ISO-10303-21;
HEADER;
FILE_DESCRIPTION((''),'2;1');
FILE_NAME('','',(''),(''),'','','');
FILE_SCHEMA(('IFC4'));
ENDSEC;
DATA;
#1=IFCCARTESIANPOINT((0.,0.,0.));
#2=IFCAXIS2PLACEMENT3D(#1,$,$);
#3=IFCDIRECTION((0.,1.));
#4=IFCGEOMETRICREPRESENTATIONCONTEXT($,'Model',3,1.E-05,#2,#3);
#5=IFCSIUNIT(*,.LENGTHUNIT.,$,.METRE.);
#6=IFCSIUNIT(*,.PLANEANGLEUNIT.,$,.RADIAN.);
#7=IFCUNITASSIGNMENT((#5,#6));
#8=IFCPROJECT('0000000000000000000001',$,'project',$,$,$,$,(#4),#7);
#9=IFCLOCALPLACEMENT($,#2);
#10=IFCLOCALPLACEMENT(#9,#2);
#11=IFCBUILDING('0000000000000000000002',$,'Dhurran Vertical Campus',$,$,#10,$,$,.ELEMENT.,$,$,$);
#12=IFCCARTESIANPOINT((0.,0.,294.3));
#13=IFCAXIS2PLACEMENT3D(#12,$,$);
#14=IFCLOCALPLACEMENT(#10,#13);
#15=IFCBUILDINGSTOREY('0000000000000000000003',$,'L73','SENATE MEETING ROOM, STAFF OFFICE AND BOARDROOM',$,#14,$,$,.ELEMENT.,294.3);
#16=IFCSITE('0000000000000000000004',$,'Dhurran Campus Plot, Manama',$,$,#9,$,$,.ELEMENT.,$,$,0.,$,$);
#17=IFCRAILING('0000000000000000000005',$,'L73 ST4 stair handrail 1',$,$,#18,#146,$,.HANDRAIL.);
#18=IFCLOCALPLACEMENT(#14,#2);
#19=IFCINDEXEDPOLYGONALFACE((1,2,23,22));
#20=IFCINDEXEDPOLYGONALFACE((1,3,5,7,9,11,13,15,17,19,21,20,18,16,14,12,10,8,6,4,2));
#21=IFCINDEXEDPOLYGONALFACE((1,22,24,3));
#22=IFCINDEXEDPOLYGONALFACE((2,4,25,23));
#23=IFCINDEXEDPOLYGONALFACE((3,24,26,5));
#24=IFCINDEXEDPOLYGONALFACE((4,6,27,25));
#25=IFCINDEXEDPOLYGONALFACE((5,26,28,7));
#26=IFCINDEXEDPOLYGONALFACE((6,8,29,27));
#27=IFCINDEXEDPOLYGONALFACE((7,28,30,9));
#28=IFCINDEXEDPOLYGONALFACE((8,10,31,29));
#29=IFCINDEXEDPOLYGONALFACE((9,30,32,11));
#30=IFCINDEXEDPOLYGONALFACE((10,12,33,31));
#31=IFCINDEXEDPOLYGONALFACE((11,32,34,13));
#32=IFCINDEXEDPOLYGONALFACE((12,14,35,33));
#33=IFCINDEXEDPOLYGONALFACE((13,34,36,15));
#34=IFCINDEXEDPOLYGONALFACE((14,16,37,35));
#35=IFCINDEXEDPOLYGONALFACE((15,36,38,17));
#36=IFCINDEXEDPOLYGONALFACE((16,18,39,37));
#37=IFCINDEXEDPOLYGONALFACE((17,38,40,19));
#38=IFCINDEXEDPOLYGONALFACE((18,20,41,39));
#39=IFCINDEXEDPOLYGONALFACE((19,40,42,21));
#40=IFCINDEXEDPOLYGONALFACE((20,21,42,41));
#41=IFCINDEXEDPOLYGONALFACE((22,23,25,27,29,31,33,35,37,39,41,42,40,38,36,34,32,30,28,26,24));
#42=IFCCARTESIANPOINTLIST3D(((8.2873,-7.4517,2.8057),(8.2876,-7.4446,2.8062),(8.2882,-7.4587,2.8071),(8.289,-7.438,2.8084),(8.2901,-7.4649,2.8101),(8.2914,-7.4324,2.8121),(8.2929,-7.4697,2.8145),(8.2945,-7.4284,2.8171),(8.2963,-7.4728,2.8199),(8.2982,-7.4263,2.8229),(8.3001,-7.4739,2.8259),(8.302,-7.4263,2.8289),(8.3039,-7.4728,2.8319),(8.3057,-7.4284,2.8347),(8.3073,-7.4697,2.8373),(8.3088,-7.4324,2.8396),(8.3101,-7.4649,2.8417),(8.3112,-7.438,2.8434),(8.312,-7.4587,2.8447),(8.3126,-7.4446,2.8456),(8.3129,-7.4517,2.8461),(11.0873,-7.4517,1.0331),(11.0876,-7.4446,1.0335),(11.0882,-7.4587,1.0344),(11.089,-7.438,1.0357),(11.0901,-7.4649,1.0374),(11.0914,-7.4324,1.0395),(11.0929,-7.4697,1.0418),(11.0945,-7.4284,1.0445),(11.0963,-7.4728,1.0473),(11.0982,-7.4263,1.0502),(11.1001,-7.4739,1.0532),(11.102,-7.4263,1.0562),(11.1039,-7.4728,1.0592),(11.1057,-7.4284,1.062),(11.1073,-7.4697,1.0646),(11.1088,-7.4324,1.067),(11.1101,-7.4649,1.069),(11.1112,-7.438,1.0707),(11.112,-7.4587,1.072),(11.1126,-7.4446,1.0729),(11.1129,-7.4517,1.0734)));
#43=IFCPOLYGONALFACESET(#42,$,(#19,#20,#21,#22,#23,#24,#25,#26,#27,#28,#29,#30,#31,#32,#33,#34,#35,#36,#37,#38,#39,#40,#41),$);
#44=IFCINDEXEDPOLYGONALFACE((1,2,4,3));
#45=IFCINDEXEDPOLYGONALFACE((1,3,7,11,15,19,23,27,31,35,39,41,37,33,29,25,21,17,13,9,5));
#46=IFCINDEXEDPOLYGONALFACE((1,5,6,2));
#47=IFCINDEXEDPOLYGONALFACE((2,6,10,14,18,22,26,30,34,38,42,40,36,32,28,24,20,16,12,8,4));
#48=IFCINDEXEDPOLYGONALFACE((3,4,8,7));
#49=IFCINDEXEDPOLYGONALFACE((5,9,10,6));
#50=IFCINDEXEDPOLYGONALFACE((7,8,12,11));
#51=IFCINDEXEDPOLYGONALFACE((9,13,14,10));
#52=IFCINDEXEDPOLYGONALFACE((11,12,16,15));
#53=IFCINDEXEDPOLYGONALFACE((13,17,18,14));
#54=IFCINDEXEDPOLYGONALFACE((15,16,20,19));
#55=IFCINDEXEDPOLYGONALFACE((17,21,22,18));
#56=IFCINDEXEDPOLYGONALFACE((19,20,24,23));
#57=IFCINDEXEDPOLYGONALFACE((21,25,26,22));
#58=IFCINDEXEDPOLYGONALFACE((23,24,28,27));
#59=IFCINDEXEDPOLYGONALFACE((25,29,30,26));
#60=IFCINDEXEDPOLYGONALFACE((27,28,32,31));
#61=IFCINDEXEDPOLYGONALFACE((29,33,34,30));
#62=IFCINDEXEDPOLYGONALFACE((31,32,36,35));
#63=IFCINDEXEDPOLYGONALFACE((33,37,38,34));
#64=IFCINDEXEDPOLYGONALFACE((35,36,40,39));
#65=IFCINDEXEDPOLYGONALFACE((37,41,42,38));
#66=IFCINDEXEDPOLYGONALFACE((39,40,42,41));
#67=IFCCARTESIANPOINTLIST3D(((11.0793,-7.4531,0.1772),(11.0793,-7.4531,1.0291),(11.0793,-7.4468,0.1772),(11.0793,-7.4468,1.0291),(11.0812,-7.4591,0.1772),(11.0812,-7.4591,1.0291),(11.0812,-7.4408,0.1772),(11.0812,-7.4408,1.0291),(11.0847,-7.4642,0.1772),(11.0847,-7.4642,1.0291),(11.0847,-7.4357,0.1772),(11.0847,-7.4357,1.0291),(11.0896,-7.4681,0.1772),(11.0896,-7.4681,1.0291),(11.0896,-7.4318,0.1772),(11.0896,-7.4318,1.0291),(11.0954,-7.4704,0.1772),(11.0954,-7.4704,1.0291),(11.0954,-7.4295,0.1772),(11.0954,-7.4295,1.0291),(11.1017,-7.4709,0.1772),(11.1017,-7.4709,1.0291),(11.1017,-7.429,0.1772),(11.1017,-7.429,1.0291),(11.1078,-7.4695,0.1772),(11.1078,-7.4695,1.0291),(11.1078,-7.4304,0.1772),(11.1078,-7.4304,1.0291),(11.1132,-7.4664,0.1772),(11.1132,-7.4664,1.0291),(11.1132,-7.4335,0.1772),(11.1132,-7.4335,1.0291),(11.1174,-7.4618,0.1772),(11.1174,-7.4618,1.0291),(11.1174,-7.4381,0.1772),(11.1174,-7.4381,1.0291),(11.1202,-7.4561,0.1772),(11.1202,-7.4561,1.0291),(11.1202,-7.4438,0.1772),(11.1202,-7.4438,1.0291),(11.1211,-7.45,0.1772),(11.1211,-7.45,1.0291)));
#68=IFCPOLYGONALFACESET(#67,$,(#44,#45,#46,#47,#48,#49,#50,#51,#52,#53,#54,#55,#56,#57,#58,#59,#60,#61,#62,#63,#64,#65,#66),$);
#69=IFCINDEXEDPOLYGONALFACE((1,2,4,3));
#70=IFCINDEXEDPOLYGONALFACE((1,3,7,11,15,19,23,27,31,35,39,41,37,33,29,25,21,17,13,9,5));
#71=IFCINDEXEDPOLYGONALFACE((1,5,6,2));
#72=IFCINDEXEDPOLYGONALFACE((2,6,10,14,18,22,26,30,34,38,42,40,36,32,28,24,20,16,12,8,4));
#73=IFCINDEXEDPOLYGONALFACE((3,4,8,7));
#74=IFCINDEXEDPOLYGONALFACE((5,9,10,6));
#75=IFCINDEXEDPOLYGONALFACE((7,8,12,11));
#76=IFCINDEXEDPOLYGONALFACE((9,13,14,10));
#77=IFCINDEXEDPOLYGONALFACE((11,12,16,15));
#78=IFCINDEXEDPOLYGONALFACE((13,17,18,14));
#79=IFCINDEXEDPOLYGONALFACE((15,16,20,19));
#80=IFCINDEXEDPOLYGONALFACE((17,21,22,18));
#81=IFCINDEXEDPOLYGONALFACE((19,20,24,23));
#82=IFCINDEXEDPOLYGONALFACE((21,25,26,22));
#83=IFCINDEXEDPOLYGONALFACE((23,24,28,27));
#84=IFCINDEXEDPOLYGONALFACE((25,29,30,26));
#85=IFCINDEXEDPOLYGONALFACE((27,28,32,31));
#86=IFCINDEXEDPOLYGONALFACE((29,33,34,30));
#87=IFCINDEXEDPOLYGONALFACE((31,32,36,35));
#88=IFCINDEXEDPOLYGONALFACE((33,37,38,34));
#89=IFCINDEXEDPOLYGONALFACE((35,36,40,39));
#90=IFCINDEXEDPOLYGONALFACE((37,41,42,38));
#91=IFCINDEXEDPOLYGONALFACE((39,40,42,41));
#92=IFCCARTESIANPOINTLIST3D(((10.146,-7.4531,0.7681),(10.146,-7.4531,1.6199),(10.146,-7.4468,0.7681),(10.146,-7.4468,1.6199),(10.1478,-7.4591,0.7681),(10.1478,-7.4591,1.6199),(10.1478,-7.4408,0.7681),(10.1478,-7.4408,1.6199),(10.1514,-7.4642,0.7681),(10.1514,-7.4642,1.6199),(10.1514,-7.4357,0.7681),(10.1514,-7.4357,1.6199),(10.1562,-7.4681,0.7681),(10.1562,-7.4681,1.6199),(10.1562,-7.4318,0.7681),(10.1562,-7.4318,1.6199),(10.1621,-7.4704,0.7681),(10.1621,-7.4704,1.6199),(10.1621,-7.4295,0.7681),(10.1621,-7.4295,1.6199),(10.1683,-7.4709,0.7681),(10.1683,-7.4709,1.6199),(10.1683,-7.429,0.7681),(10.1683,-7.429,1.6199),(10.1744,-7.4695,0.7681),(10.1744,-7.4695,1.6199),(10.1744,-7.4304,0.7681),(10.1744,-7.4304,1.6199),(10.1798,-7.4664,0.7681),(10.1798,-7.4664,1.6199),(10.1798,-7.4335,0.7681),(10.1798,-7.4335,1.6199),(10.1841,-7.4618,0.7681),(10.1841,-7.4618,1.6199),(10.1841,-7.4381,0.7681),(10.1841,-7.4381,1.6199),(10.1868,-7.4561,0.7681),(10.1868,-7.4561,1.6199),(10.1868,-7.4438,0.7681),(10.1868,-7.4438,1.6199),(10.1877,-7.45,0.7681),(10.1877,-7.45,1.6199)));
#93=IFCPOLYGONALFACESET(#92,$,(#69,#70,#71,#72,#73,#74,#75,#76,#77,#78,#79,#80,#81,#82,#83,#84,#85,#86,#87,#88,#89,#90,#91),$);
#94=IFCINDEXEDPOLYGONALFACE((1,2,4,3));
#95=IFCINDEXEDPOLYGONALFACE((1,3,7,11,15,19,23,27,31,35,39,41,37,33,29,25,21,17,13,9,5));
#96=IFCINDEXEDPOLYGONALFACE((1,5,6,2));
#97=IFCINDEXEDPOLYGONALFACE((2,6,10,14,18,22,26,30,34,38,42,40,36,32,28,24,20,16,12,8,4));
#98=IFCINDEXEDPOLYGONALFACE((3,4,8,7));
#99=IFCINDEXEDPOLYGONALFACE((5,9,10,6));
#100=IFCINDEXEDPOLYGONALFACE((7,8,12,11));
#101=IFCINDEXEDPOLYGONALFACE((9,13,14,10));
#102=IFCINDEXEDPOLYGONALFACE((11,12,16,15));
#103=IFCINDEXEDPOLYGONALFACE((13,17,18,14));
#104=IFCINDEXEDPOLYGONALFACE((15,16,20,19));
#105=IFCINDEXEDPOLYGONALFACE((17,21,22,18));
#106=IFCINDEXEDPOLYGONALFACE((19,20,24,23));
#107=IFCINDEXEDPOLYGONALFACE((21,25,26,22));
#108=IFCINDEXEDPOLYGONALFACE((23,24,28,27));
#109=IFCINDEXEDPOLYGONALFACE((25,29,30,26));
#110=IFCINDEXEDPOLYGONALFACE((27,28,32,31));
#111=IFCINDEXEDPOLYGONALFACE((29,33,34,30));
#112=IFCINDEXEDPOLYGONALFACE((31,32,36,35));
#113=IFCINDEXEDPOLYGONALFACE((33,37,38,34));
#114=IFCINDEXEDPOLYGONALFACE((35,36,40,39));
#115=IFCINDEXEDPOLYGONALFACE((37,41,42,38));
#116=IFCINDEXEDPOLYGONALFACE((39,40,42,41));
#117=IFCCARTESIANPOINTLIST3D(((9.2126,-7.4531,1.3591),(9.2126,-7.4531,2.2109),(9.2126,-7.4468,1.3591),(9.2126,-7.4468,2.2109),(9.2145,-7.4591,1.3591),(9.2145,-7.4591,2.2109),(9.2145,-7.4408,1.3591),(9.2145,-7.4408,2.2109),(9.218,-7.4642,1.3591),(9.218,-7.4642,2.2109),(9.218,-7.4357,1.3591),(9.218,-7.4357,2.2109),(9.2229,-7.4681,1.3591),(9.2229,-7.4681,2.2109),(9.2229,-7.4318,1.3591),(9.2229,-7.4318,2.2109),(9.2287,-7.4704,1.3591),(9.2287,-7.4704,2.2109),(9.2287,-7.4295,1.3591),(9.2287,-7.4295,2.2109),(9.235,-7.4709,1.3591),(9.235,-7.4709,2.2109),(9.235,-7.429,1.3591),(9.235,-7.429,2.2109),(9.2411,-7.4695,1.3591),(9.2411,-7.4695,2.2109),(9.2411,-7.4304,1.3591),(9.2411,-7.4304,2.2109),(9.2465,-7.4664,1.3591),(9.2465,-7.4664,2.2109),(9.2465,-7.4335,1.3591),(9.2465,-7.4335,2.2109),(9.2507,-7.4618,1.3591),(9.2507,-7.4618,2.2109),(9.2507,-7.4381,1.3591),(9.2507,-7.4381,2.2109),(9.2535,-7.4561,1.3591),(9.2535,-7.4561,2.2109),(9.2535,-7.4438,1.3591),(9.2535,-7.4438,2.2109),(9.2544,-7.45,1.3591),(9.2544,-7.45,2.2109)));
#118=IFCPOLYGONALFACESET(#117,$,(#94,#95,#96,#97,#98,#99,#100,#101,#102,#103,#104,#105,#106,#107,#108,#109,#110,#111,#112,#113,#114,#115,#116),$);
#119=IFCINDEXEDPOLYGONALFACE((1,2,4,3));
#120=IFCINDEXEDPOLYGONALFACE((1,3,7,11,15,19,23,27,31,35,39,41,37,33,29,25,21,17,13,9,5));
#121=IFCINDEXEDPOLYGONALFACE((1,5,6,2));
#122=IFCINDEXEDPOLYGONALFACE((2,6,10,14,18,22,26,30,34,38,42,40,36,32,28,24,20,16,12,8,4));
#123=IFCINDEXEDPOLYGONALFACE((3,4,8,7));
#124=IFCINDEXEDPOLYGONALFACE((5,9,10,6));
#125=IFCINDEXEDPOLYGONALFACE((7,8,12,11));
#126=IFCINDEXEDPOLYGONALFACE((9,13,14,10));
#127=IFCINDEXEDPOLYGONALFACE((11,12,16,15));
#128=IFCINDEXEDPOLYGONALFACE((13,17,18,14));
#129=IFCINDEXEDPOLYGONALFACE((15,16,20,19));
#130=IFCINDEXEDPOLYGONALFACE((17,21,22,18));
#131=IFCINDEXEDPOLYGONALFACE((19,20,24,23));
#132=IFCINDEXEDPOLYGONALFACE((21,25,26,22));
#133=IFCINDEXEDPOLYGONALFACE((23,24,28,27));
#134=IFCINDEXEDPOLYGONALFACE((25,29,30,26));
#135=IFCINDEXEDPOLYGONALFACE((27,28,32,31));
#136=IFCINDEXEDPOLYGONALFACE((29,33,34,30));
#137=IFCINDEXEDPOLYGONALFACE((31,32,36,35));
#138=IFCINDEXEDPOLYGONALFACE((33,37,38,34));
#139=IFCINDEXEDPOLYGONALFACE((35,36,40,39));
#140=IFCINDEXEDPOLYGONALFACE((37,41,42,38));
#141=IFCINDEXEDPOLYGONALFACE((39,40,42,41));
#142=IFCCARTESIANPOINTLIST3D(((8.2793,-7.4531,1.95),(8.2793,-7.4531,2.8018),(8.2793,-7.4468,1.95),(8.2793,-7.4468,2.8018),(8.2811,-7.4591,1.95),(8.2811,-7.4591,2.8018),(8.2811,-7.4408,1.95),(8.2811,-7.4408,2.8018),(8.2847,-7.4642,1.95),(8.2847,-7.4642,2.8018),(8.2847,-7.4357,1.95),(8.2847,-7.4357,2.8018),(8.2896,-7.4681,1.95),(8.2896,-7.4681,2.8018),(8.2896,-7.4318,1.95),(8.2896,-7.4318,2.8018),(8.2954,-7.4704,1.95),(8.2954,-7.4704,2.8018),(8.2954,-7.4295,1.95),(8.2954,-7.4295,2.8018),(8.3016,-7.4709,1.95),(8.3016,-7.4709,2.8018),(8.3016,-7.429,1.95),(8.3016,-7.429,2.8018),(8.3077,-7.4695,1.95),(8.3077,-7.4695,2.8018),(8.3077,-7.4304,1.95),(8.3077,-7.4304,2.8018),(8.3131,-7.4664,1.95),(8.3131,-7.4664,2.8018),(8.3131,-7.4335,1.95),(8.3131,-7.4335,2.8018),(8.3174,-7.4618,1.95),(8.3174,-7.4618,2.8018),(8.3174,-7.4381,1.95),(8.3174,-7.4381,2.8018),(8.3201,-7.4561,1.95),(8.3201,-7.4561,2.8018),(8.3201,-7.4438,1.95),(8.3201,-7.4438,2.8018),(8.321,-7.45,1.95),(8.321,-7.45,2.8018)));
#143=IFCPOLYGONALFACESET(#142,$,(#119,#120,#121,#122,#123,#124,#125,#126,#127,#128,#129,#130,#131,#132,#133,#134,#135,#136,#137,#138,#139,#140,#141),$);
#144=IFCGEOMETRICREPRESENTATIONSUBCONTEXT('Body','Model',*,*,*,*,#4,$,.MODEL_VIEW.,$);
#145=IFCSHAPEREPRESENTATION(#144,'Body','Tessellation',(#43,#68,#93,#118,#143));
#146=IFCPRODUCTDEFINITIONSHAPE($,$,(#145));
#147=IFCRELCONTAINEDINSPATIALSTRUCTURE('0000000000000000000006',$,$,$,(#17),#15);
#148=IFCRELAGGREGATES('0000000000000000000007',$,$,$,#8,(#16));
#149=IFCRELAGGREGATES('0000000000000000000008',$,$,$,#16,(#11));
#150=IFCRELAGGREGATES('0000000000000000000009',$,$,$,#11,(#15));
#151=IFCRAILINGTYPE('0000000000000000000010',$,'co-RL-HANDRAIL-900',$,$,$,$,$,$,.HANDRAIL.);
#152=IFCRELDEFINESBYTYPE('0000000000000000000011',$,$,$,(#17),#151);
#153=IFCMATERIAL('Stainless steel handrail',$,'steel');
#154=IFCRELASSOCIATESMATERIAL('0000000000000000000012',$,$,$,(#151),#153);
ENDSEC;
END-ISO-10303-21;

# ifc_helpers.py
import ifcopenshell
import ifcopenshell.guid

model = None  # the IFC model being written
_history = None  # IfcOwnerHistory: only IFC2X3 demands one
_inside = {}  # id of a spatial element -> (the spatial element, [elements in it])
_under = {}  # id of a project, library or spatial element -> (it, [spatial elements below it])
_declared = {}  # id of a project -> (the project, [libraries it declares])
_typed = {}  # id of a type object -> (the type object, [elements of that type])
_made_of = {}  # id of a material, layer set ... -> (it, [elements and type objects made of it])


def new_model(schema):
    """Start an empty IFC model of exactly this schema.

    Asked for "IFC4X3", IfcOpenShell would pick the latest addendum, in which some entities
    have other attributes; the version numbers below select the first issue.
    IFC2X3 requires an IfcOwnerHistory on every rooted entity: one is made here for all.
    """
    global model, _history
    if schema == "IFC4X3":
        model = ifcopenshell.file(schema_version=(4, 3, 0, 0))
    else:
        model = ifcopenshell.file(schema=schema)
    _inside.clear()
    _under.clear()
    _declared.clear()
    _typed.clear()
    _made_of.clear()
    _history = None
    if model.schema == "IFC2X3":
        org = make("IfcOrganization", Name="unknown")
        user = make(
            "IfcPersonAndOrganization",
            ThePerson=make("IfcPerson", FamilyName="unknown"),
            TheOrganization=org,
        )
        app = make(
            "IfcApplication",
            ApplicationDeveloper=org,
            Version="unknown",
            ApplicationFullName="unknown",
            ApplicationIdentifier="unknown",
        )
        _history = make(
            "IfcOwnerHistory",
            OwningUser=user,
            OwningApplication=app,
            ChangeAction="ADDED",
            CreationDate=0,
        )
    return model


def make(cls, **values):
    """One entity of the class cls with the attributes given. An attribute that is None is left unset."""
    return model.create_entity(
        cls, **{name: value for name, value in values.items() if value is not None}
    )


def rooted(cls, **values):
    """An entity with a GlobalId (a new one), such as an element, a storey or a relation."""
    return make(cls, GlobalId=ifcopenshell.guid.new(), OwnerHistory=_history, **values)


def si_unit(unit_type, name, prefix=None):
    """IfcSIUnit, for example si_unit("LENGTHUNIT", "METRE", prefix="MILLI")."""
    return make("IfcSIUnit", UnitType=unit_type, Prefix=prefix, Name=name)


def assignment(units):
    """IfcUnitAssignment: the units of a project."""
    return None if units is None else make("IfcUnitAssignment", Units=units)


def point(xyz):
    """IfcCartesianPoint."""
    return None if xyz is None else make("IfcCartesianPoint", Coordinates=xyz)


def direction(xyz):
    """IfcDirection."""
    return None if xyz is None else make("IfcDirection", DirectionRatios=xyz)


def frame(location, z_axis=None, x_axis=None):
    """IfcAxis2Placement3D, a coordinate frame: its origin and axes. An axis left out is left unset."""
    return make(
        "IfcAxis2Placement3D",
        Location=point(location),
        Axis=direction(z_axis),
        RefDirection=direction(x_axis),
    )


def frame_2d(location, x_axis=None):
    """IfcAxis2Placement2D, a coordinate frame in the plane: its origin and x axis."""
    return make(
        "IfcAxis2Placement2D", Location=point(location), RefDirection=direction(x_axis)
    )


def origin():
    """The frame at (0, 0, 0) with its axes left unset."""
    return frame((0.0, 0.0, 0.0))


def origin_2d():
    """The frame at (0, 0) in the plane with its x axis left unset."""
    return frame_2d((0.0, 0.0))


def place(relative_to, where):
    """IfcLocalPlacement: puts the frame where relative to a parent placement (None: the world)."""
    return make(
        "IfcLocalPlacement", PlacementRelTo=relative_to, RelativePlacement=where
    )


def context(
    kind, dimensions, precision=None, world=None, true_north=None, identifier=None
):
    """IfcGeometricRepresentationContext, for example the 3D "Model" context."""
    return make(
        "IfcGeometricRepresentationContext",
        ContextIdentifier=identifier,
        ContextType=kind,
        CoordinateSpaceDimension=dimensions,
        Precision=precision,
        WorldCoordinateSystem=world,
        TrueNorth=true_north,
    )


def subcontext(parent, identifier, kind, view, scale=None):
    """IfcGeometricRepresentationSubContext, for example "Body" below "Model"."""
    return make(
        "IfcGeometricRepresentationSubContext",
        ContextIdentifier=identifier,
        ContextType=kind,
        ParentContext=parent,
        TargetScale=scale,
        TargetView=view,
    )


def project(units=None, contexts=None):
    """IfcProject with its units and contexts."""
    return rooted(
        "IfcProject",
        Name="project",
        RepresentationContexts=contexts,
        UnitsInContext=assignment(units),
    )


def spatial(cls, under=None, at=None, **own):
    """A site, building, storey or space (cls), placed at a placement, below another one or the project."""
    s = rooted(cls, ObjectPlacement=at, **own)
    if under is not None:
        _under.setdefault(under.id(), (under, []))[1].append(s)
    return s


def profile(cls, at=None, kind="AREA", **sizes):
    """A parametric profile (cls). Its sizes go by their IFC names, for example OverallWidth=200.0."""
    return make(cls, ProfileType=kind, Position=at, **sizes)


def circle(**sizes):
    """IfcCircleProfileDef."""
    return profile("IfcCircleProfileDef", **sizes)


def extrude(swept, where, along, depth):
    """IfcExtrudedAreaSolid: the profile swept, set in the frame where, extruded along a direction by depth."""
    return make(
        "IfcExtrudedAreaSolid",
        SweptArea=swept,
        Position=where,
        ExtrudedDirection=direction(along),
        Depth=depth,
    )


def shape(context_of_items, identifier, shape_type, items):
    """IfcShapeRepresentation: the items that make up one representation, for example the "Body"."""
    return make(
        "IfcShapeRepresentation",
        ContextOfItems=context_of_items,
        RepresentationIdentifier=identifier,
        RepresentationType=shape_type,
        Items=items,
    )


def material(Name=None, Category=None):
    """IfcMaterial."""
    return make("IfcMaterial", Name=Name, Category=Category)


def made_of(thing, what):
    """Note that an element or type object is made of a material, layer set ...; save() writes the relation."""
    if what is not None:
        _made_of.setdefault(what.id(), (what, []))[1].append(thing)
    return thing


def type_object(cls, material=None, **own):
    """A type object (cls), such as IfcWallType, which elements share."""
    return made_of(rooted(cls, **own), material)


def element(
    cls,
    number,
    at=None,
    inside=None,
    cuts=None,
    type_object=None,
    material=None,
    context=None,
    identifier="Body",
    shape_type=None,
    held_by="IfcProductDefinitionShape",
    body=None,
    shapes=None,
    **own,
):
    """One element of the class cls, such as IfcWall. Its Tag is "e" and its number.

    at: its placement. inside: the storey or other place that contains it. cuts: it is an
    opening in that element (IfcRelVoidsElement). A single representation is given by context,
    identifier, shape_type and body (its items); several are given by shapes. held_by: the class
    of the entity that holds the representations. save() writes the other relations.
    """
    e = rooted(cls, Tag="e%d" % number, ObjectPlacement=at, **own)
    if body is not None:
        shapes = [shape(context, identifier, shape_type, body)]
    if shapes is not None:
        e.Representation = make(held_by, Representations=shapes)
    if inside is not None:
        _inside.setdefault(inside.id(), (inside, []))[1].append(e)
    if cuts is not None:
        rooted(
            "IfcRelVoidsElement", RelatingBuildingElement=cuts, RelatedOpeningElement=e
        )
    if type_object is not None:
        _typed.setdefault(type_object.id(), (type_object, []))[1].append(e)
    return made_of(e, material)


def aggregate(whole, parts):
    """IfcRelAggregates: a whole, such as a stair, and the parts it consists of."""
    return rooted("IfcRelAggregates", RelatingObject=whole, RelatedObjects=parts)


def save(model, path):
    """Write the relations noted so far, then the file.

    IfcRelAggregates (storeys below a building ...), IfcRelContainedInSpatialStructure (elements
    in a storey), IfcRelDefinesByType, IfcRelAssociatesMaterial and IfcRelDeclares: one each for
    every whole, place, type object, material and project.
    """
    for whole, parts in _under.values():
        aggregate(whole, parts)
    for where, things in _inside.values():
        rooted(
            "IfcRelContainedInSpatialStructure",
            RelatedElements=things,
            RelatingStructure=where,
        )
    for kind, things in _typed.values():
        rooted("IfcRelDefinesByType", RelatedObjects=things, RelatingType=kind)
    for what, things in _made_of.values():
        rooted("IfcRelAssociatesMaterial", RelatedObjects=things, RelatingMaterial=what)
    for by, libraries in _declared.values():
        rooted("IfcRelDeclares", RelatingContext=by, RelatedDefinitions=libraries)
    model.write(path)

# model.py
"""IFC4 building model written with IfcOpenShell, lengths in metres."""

from ifc_helpers import new_model, si_unit, direction, frame, origin, origin_2d, place, context, subcontext, project, spatial, circle, extrude, material, type_object, element, save


model = new_model("IFC4")

# Units and contexts
model_context = context("Model", 3, precision=1e-05, world=origin(), true_north=direction((0.0, 1.0)))
body_context = subcontext(model_context, "Body", "Model", "MODEL_VIEW")
ifc_project = project(units=[si_unit("LENGTHUNIT", "METRE"), si_unit("PLANEANGLEUNIT", "RADIAN")], contexts=[model_context])

# Site, building, storey
site_placement = place(None, origin())
site = spatial("IfcSite", under=ifc_project, at=site_placement, Name="Dhurran Campus Plot, Manama", CompositionType="ELEMENT", RefElevation=0.0)
building_placement = place(site_placement, origin())
building = spatial("IfcBuilding", under=site, at=building_placement, Name="Dhurran Vertical Campus", CompositionType="ELEMENT")
storey_placement = place(building_placement, frame((0.0, 0.0, 294.3)))
storey = spatial("IfcBuildingStorey", under=building, at=storey_placement, Name="L73", Description="SENATE MEETING ROOM, STAFF OFFICE AND BOARDROOM", CompositionType="ELEMENT", Elevation=294.3)

# Railing
ifc_material_1 = material(Name="Stainless steel handrail", Category="steel")
railing_type = type_object("IfcRailingType", Name="co-RL-HANDRAIL-900", PredefinedType="HANDRAIL", material=ifc_material_1)
railing_placement = place(storey_placement, frame((11.1001, -7.45, 0.1772)))
element("IfcRailing", 1, at=railing_placement, inside=storey, type_object=railing_type, Name="L73 ST4 stair handrail 1", PredefinedType="HANDRAIL", context=body_context, shape_type="SweptSolid", body=[
    extrude(circle(Radius=0.0239, at=origin_2d()), frame((0.0, 0.0, 0.876), z_axis=(-0.844909, 0.0, 0.53491), x_axis=(0.0, -1.0, 0.0)), (0.0, 0.0, 1.0), 3.314),
    extrude(circle(Radius=0.021, at=origin_2d()), origin(), (0.0, 0.0, 1.0), 0.8518),
    extrude(circle(Radius=0.021, at=origin_2d()), frame((-0.9333, 0.0, 0.5908)), (0.0, 0.0, 1.0), 0.8518),
    extrude(circle(Radius=0.021, at=origin_2d()), frame((-1.8667, 0.0, 1.1819)), (0.0, 0.0, 1.0), 0.8518),
    extrude(circle(Radius=0.021, at=origin_2d()), frame((-2.8, 0.0, 1.7727)), (0.0, 0.0, 1.0), 0.8518),
])

save(model, "model.ifc")
